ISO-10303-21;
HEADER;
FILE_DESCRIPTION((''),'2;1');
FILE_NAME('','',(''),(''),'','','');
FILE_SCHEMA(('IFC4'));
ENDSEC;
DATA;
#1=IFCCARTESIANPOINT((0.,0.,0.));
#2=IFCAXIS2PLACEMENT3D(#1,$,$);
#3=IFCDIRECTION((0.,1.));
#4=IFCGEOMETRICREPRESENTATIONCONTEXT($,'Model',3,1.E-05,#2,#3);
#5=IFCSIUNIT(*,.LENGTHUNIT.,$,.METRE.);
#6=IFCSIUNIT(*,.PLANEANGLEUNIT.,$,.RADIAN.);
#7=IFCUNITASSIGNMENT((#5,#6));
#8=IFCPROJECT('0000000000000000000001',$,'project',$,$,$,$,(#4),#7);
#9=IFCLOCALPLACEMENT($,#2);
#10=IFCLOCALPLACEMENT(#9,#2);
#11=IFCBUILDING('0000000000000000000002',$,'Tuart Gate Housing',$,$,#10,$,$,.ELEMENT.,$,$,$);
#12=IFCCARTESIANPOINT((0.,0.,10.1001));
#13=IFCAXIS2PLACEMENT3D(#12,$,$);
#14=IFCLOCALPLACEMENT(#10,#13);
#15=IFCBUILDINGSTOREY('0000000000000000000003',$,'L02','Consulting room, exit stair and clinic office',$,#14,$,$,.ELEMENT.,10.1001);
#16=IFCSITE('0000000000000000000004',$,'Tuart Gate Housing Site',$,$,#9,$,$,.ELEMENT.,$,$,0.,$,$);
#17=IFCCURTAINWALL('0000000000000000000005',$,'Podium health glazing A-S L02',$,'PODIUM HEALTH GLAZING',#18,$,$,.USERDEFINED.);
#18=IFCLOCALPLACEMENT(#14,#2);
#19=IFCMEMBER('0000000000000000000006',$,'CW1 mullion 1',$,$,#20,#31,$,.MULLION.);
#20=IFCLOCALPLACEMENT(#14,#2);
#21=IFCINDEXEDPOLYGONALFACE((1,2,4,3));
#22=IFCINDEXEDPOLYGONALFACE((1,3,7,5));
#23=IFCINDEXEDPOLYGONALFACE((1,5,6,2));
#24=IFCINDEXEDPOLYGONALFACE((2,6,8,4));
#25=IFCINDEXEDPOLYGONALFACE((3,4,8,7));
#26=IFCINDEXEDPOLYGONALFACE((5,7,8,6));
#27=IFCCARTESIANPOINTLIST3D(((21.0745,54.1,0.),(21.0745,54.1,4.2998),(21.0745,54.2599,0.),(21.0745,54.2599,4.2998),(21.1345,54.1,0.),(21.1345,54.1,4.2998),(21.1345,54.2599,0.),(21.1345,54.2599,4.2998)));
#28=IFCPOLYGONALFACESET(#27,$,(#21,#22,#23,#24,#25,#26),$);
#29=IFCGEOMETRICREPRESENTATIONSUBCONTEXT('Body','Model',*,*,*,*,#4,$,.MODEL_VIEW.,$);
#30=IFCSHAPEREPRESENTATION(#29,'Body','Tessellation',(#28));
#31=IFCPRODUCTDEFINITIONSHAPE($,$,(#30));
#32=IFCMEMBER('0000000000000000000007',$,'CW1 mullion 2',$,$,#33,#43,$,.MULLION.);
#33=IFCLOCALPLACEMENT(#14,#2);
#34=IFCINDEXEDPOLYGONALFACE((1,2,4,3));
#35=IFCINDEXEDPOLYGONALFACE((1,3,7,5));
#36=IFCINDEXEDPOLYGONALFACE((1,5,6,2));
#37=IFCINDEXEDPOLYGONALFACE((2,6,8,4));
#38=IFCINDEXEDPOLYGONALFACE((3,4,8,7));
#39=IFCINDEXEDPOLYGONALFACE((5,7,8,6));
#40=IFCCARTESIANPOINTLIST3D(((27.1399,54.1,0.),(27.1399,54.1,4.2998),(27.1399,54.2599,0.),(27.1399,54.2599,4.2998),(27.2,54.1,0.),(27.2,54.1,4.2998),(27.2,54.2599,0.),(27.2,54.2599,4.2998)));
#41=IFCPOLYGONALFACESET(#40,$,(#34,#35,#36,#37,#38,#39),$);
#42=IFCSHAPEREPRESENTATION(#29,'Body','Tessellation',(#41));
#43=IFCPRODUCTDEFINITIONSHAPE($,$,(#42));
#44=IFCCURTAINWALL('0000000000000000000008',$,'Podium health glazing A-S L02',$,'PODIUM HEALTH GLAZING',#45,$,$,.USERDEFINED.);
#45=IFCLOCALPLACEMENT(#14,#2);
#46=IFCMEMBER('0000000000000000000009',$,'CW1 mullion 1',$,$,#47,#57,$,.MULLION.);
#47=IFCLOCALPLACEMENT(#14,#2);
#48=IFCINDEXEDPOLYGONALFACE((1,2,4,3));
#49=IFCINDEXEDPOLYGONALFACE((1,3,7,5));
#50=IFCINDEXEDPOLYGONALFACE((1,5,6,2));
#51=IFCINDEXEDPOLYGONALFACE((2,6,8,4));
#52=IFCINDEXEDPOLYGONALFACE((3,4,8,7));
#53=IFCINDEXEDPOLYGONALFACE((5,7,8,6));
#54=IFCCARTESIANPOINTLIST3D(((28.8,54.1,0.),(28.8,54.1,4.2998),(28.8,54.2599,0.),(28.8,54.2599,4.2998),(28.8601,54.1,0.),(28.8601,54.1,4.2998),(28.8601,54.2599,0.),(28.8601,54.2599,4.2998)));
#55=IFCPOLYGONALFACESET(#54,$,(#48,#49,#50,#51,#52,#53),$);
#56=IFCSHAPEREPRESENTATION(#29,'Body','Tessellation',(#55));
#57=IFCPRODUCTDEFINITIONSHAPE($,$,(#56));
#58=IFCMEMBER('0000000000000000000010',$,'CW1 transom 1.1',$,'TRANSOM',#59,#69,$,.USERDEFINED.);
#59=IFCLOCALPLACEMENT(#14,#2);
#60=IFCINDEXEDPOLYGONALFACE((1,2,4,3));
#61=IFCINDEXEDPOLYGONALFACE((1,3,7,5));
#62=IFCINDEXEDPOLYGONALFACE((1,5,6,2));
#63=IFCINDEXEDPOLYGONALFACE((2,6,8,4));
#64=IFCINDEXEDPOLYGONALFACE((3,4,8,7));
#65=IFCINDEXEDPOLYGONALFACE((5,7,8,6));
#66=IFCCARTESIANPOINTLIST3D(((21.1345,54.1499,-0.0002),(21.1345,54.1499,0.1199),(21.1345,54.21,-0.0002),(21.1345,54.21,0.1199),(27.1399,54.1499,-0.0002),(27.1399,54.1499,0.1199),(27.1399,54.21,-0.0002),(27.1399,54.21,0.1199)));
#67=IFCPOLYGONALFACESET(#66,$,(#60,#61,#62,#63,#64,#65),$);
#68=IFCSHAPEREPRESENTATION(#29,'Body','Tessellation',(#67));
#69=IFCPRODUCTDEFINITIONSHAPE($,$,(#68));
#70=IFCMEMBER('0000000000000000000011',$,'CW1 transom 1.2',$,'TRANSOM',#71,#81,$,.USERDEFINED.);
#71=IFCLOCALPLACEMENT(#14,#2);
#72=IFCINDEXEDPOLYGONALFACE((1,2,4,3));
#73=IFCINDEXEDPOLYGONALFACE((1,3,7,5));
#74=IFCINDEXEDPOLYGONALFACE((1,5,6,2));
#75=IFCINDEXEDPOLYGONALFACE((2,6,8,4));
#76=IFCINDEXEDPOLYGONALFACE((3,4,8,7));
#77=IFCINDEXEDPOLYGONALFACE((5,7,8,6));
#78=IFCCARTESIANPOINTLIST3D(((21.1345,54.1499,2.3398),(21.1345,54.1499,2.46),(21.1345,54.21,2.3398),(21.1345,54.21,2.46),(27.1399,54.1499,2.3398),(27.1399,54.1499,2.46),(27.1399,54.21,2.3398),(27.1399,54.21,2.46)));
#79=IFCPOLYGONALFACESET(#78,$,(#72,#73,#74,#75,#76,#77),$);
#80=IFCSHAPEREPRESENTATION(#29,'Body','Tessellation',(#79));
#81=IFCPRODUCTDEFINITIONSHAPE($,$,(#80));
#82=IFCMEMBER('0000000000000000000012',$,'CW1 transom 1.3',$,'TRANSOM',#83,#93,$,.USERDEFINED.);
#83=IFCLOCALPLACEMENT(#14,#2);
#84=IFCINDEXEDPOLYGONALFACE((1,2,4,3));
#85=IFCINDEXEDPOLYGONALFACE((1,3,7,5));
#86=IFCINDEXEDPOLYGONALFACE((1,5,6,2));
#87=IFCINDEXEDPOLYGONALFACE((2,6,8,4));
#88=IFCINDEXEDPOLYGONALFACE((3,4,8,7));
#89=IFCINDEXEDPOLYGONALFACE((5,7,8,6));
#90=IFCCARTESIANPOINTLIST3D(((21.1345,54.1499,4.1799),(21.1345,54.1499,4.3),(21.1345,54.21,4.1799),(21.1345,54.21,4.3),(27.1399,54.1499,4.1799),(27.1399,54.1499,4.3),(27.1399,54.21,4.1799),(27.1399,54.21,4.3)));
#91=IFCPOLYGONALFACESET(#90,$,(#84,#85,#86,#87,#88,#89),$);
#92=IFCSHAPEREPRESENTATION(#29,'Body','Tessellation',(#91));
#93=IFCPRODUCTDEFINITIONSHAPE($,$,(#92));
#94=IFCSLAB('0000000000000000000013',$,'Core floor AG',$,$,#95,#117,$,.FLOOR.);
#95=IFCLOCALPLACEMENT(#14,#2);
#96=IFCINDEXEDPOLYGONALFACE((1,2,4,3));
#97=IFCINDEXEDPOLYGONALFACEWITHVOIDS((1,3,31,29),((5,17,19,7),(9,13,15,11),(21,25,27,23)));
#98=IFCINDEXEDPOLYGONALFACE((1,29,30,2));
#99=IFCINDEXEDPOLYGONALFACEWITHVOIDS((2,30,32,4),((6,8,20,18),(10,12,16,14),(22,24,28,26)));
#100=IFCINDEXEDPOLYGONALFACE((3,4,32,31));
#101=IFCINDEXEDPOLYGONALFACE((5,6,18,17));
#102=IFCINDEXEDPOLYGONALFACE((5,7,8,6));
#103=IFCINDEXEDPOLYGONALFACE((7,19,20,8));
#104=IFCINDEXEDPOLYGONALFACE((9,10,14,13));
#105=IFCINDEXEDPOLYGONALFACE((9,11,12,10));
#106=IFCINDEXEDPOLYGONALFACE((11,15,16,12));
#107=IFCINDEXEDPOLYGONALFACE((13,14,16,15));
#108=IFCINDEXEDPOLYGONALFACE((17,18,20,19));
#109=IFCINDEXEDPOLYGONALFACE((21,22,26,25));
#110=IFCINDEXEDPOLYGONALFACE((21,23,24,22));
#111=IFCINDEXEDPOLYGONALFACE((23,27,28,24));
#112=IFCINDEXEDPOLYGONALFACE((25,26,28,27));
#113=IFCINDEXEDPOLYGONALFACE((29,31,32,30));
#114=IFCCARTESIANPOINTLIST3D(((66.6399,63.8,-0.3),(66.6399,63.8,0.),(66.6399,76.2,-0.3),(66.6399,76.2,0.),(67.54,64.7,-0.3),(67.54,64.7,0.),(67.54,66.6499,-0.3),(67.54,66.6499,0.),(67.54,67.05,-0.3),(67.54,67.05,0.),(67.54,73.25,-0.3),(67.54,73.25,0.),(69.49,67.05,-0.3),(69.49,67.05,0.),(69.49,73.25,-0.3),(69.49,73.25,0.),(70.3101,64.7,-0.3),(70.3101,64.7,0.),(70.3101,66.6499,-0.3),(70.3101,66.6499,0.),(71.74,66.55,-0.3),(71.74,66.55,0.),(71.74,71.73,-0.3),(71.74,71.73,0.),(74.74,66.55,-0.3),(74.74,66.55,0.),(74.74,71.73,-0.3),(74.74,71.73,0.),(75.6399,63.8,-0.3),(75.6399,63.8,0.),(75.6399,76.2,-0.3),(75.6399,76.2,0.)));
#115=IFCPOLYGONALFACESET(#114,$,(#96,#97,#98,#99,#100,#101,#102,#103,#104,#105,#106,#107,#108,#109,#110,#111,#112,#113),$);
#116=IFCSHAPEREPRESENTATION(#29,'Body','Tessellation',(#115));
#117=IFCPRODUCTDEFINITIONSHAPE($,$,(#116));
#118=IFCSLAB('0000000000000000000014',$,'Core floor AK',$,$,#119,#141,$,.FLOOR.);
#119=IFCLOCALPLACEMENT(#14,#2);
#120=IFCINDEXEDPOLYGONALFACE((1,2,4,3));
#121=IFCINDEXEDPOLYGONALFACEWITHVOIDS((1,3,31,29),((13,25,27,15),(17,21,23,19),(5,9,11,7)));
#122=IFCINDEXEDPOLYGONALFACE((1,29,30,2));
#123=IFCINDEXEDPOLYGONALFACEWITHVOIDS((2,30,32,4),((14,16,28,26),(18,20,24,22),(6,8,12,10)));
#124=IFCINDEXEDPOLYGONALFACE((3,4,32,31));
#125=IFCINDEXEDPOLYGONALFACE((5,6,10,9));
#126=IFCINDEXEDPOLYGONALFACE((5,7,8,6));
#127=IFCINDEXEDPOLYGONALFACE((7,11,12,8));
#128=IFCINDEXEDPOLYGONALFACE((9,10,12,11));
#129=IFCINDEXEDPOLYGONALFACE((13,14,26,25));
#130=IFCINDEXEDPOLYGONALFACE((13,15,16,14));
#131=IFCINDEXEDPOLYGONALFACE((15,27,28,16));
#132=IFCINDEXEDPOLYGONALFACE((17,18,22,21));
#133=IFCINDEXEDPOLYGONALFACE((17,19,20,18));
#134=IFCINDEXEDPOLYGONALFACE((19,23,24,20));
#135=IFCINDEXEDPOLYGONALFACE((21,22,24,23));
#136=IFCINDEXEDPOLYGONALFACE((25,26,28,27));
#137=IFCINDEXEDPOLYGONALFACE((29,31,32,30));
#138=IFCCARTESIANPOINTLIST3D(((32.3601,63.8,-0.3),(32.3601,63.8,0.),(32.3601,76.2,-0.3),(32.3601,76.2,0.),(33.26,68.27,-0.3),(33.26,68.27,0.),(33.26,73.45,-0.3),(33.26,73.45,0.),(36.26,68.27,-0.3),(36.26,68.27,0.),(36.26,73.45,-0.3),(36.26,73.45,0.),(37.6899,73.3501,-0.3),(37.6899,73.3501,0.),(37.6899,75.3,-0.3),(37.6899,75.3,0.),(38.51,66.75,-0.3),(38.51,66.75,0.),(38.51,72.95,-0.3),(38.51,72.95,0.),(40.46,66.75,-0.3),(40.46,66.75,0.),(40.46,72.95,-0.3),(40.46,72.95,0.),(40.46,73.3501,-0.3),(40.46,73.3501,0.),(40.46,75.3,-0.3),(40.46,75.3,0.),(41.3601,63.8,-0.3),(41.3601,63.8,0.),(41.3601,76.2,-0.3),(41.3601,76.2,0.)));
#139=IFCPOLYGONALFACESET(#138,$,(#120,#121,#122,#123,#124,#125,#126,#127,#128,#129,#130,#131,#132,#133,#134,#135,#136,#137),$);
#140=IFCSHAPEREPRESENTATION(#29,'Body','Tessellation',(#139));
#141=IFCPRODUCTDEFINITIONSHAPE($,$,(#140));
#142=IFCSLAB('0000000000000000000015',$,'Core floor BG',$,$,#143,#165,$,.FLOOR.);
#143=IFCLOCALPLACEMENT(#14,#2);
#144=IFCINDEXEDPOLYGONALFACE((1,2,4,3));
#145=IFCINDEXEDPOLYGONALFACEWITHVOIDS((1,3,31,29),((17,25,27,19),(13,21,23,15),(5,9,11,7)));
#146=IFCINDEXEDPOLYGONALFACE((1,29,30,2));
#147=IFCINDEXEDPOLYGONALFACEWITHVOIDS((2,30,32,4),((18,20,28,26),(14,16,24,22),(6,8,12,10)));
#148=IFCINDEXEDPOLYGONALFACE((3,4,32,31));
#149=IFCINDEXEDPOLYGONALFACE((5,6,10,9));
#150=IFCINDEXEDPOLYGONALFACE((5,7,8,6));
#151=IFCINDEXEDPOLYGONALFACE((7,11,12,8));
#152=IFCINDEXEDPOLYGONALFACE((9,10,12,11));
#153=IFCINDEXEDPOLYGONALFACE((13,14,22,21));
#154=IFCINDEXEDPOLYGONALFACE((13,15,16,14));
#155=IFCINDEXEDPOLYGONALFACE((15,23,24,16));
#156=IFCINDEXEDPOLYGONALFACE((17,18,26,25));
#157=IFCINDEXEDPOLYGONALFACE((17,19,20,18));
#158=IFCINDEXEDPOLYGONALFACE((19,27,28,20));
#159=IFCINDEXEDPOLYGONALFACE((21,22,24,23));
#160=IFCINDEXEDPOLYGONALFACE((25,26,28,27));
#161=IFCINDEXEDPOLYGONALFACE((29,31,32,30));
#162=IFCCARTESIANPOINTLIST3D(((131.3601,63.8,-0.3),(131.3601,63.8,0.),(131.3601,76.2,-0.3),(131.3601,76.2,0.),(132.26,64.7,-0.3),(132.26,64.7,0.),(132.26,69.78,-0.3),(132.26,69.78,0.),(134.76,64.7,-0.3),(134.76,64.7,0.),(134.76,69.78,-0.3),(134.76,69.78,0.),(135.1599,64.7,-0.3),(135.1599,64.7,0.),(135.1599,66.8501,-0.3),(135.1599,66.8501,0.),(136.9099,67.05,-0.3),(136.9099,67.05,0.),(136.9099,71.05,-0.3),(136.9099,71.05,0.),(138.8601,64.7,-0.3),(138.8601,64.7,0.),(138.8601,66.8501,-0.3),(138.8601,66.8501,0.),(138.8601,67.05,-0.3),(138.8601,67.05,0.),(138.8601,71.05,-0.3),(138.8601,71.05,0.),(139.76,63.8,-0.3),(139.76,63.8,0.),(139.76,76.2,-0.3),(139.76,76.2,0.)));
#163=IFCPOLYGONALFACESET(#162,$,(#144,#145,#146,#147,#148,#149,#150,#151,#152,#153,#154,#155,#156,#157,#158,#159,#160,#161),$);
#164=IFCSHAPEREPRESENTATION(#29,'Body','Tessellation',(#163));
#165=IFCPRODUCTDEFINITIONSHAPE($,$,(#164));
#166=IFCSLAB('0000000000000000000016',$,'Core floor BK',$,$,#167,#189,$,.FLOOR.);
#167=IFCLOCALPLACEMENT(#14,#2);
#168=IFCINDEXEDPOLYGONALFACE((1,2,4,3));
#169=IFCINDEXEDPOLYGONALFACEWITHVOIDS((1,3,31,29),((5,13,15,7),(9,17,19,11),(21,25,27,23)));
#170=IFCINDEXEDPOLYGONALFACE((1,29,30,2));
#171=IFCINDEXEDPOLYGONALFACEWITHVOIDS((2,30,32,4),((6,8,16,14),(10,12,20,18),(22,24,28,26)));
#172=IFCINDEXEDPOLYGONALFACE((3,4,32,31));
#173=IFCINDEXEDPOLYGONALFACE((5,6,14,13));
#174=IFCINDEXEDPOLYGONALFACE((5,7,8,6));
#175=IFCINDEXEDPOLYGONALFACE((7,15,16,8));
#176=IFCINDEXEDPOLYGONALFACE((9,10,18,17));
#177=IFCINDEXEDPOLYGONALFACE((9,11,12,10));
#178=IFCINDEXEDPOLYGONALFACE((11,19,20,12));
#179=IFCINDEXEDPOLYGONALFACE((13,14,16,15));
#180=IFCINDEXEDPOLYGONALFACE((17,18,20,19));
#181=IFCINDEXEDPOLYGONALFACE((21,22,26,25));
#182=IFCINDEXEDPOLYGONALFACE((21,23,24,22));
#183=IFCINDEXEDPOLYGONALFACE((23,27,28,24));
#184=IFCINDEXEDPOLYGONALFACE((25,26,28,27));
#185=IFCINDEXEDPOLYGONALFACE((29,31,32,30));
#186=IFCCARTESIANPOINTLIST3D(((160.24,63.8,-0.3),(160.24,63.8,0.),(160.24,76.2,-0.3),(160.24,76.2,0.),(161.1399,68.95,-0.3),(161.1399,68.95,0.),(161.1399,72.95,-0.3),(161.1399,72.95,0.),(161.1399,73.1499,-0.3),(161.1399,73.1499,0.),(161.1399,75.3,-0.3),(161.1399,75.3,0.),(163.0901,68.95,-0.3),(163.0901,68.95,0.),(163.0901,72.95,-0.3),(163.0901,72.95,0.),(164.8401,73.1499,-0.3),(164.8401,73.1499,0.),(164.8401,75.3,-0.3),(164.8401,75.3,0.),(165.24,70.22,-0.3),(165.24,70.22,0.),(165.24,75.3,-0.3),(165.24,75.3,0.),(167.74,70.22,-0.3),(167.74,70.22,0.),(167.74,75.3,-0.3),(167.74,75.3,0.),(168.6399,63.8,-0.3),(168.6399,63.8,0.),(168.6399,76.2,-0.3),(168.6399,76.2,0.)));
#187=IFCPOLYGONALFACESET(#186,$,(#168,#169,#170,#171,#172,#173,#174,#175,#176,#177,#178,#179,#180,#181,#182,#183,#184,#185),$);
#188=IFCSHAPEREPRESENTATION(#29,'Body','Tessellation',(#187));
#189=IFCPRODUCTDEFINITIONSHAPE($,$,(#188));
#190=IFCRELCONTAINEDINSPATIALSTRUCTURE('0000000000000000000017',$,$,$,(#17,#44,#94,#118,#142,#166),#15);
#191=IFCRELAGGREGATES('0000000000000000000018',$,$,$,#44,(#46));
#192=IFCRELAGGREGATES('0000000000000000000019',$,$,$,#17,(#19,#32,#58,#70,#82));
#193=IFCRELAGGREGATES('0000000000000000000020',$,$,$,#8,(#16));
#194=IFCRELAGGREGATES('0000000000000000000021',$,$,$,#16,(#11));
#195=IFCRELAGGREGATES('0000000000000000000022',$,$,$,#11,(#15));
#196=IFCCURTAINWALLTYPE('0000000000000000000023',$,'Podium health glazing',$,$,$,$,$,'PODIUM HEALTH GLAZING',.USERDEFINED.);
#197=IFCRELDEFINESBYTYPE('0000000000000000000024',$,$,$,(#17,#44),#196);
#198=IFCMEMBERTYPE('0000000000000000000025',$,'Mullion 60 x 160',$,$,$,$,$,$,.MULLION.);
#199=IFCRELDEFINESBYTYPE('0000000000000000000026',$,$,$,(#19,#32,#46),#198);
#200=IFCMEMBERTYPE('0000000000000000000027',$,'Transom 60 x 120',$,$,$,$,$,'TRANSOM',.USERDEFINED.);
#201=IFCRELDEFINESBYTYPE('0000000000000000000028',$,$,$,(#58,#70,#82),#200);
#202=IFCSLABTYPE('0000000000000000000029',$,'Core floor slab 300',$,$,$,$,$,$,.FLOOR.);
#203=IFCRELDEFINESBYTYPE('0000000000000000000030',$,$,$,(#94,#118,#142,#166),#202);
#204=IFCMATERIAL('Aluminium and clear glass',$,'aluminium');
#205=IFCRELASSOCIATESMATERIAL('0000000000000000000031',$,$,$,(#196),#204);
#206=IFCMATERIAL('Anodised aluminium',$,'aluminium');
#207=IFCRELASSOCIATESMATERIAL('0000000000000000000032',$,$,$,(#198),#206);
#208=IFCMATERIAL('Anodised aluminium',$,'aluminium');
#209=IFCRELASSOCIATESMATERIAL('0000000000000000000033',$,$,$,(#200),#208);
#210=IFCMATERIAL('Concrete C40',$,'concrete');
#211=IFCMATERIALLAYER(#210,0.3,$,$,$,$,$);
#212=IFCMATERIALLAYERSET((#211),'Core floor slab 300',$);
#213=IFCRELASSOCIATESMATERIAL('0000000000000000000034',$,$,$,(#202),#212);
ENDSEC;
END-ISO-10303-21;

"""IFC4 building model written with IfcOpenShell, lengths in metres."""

from ifc_helpers import new_model, si_unit, direction, frame, origin, origin_2d, place, context, subcontext, project, spatial, polyline, rectangle, outline, extrude, material, layer, layer_set, material_profile, profile_set, type_object, element, aggregate, save


model = new_model("IFC4")

# Units and contexts
model_context = context("Model", 3, precision=1e-05, world=origin(), true_north=direction((0.0, 1.0)))
body_context = subcontext(model_context, "Body", "Model", "MODEL_VIEW")
ifc_project = project(units=[si_unit("LENGTHUNIT", "METRE"), si_unit("PLANEANGLEUNIT", "RADIAN")], contexts=[model_context])

# Site, building, storey
site_placement = place(None, origin())
site = spatial("IfcSite", under=ifc_project, at=site_placement, Name="Tuart Gate Housing Site", CompositionType="ELEMENT", RefElevation=0.0)
building_placement = place(site_placement, origin())
building = spatial("IfcBuilding", under=site, at=building_placement, Name="Tuart Gate Housing", CompositionType="ELEMENT")
storey_placement = place(building_placement, frame((0.0, 0.0, 10.1001)))
storey = spatial("IfcBuildingStorey", under=building, at=storey_placement, Name="L02", Description="Consulting room, exit stair and clinic office", CompositionType="ELEMENT", Elevation=10.1001)

# Curtain wall, members
ifc_material_1 = material(Name="Aluminium and clear glass", Category="aluminium")
curtain_wall_type = type_object("IfcCurtainWallType", Name="Podium health glazing", ElementType="PODIUM HEALTH GLAZING", PredefinedType="USERDEFINED", material=ifc_material_1)
curtain_wall_1_placement = place(storey_placement, origin())
curtain_wall_1 = element("IfcCurtainWall", 1, at=curtain_wall_1_placement, inside=storey, type_object=curtain_wall_type, Name="Podium health glazing A-S L02", ObjectType="PODIUM HEALTH GLAZING", PredefinedType="USERDEFINED")
ifc_material_2 = material(Name="Anodised aluminium", Category="aluminium")
ifc_material_profile_1 = material_profile(ifc_material_2, rectangle(XDim=0.0601, YDim=0.1599, at=origin_2d()), Name="60x160")
ifc_profile_set_1 = profile_set([ifc_material_profile_1], Name="Anodised aluminium")
member_type_1 = type_object("IfcMemberType", Name="Mullion 60 x 160", PredefinedType="MULLION", material=ifc_profile_set_1)
member_1_placement = place(storey_placement, frame((21.1045, 54.1799, 0.0), z_axis=(0.0, 0.0, 1.0), x_axis=(1.0, 0.0, 0.0)))
member_1 = element("IfcMember", 2, at=member_1_placement, type_object=member_type_1, Name="CW1 mullion 1", PredefinedType="MULLION", context=body_context, shape_type="SweptSolid", body=[
    extrude(rectangle(XDim=0.0601, YDim=0.1599, at=origin_2d()), origin(), (0.0, 0.0, 1.0), 4.2998),
])
member_2_placement = place(storey_placement, frame((27.1699, 54.1799, 0.0), z_axis=(0.0, 0.0, 1.0), x_axis=(1.0, 0.0, 0.0)))
member_2 = element("IfcMember", 3, at=member_2_placement, type_object=member_type_1, Name="CW1 mullion 2", PredefinedType="MULLION", context=body_context, shape_type="SweptSolid", body=[
    extrude(rectangle(XDim=0.0601, YDim=0.1599, at=origin_2d()), origin(), (0.0, 0.0, 1.0), 4.2998),
])

# Curtain wall, member
curtain_wall_2_placement = place(storey_placement, origin())
curtain_wall_2 = element("IfcCurtainWall", 4, at=curtain_wall_2_placement, inside=storey, type_object=curtain_wall_type, Name="Podium health glazing A-S L02", ObjectType="PODIUM HEALTH GLAZING", PredefinedType="USERDEFINED")
member_3_placement = place(storey_placement, frame((28.8301, 54.1799, 0.0), z_axis=(0.0, 0.0, 1.0), x_axis=(1.0, 0.0, 0.0)))
member_3 = element("IfcMember", 5, at=member_3_placement, type_object=member_type_1, Name="CW1 mullion 1", PredefinedType="MULLION", context=body_context, shape_type="SweptSolid", body=[
    extrude(rectangle(XDim=0.0601, YDim=0.1599, at=origin_2d()), origin(), (0.0, 0.0, 1.0), 4.2998),
])
aggregate(curtain_wall_2, [member_3])

# Members
ifc_material_3 = material(Name="Anodised aluminium", Category="aluminium")
ifc_material_profile_2 = material_profile(ifc_material_3, rectangle(XDim=0.0601, YDim=0.1201, at=origin_2d()), Name="60x120")
ifc_profile_set_2 = profile_set([ifc_material_profile_2], Name="Anodised aluminium")
member_type_2 = type_object("IfcMemberType", Name="Transom 60 x 120", ElementType="TRANSOM", PredefinedType="USERDEFINED", material=ifc_profile_set_2)
member_4_placement = place(storey_placement, frame((21.1345, 54.1799, 0.0598), z_axis=(1.0, 0.0, 0.0), x_axis=(0.0, 1.0, 0.0)))
member_4 = element("IfcMember", 6, at=member_4_placement, type_object=member_type_2, Name="CW1 transom 1.1", ObjectType="TRANSOM", PredefinedType="USERDEFINED", context=body_context, shape_type="SweptSolid", body=[
    extrude(rectangle(XDim=0.0601, YDim=0.1201, at=origin_2d()), origin(), (0.0, 0.0, 1.0), 6.0054),
])
member_5_placement = place(storey_placement, frame((21.1345, 54.1799, 2.3999), z_axis=(1.0, 0.0, 0.0), x_axis=(0.0, 1.0, 0.0)))
member_5 = element("IfcMember", 7, at=member_5_placement, type_object=member_type_2, Name="CW1 transom 1.2", ObjectType="TRANSOM", PredefinedType="USERDEFINED", context=body_context, shape_type="SweptSolid", body=[
    extrude(rectangle(XDim=0.0601, YDim=0.1201, at=origin_2d()), origin(), (0.0, 0.0, 1.0), 6.0054),
])
member_6_placement = place(storey_placement, frame((21.1345, 54.1799, 4.24), z_axis=(1.0, 0.0, 0.0), x_axis=(0.0, 1.0, 0.0)))
member_6 = element("IfcMember", 8, at=member_6_placement, type_object=member_type_2, Name="CW1 transom 1.3", ObjectType="TRANSOM", PredefinedType="USERDEFINED", context=body_context, shape_type="SweptSolid", body=[
    extrude(rectangle(XDim=0.0601, YDim=0.1201, at=origin_2d()), origin(), (0.0, 0.0, 1.0), 6.0054),
])

# Slabs
ifc_material_4 = material(Name="Concrete C40", Category="concrete")
ifc_layer_1 = layer(ifc_material_4, 0.3)
ifc_layer_set_1 = layer_set([ifc_layer_1], Name="Core floor slab 300")
slab_type_1 = type_object("IfcSlabType", Name="Core floor slab 300", PredefinedType="FLOOR", material=ifc_layer_set_1)
slab_1_placement = place(storey_placement, frame((0.0, 0.0, -0.3)))
element("IfcSlab", 9, at=slab_1_placement, inside=storey, type_object=slab_type_1, Name="Core floor AG", PredefinedType="FLOOR", context=body_context, shape_type="SweptSolid", body=[
    extrude(outline(polyline([(66.6399, 63.8), (75.6399, 63.8), (75.6399, 76.2), (66.6399, 76.2), (66.6399, 63.8)]), holes=[polyline([(67.54, 64.7), (70.3101, 64.7), (70.3101, 66.6499), (67.54, 66.6499), (67.54, 64.7)]), polyline([(67.54, 67.05), (69.49, 67.05), (69.49, 73.25), (67.54, 73.25), (67.54, 67.05)]), polyline([(71.74, 66.55), (74.74, 66.55), (74.74, 71.73), (71.74, 71.73), (71.74, 66.55)])]), origin(), (0.0, 0.0, 1.0), 0.3),
])
slab_2_placement = place(storey_placement, frame((0.0, 0.0, -0.3)))
element("IfcSlab", 10, at=slab_2_placement, inside=storey, type_object=slab_type_1, Name="Core floor AK", PredefinedType="FLOOR", context=body_context, shape_type="SweptSolid", body=[
    extrude(outline(polyline([(32.3601, 63.8), (41.3601, 63.8), (41.3601, 76.2), (32.3601, 76.2), (32.3601, 63.8)]), holes=[polyline([(40.46, 75.3), (37.6899, 75.3), (37.6899, 73.3501), (40.46, 73.3501), (40.46, 75.3)]), polyline([(40.46, 72.95), (38.51, 72.95), (38.51, 66.75), (40.46, 66.75), (40.46, 72.95)]), polyline([(36.26, 73.45), (33.26, 73.45), (33.26, 68.27), (36.26, 68.27), (36.26, 73.45)])]), origin(), (0.0, 0.0, 1.0), 0.3),
])
slab_3_placement = place(storey_placement, frame((0.0, 0.0, -0.3)))
element("IfcSlab", 11, at=slab_3_placement, inside=storey, type_object=slab_type_1, Name="Core floor BG", PredefinedType="FLOOR", context=body_context, shape_type="SweptSolid", body=[
    extrude(outline(polyline([(131.3601, 63.8), (139.76, 63.8), (139.76, 76.2), (131.3601, 76.2), (131.3601, 63.8)]), holes=[polyline([(138.8601, 66.8501), (135.1599, 66.8501), (135.1599, 64.7), (138.8601, 64.7), (138.8601, 66.8501)]), polyline([(138.8601, 71.05), (136.9099, 71.05), (136.9099, 67.05), (138.8601, 67.05), (138.8601, 71.05)]), polyline([(134.76, 69.78), (132.26, 69.78), (132.26, 64.7), (134.76, 64.7), (134.76, 69.78)])]), origin(), (0.0, 0.0, 1.0), 0.3),
])
slab_4_placement = place(storey_placement, frame((0.0, 0.0, -0.3)))
element("IfcSlab", 12, at=slab_4_placement, inside=storey, type_object=slab_type_1, Name="Core floor BK", PredefinedType="FLOOR", context=body_context, shape_type="SweptSolid", body=[
    extrude(outline(polyline([(160.24, 63.8), (168.6399, 63.8), (168.6399, 76.2), (160.24, 76.2), (160.24, 63.8)]), holes=[polyline([(161.1399, 73.1499), (164.8401, 73.1499), (164.8401, 75.3), (161.1399, 75.3), (161.1399, 73.1499)]), polyline([(161.1399, 68.95), (163.0901, 68.95), (163.0901, 72.95), (161.1399, 72.95), (161.1399, 68.95)]), polyline([(165.24, 70.22), (167.74, 70.22), (167.74, 75.3), (165.24, 75.3), (165.24, 70.22)])]), origin(), (0.0, 0.0, 1.0), 0.3),
])

aggregate(curtain_wall_1, [member_1, member_2, member_4, member_5, member_6])

save(model, "model.ifc")
